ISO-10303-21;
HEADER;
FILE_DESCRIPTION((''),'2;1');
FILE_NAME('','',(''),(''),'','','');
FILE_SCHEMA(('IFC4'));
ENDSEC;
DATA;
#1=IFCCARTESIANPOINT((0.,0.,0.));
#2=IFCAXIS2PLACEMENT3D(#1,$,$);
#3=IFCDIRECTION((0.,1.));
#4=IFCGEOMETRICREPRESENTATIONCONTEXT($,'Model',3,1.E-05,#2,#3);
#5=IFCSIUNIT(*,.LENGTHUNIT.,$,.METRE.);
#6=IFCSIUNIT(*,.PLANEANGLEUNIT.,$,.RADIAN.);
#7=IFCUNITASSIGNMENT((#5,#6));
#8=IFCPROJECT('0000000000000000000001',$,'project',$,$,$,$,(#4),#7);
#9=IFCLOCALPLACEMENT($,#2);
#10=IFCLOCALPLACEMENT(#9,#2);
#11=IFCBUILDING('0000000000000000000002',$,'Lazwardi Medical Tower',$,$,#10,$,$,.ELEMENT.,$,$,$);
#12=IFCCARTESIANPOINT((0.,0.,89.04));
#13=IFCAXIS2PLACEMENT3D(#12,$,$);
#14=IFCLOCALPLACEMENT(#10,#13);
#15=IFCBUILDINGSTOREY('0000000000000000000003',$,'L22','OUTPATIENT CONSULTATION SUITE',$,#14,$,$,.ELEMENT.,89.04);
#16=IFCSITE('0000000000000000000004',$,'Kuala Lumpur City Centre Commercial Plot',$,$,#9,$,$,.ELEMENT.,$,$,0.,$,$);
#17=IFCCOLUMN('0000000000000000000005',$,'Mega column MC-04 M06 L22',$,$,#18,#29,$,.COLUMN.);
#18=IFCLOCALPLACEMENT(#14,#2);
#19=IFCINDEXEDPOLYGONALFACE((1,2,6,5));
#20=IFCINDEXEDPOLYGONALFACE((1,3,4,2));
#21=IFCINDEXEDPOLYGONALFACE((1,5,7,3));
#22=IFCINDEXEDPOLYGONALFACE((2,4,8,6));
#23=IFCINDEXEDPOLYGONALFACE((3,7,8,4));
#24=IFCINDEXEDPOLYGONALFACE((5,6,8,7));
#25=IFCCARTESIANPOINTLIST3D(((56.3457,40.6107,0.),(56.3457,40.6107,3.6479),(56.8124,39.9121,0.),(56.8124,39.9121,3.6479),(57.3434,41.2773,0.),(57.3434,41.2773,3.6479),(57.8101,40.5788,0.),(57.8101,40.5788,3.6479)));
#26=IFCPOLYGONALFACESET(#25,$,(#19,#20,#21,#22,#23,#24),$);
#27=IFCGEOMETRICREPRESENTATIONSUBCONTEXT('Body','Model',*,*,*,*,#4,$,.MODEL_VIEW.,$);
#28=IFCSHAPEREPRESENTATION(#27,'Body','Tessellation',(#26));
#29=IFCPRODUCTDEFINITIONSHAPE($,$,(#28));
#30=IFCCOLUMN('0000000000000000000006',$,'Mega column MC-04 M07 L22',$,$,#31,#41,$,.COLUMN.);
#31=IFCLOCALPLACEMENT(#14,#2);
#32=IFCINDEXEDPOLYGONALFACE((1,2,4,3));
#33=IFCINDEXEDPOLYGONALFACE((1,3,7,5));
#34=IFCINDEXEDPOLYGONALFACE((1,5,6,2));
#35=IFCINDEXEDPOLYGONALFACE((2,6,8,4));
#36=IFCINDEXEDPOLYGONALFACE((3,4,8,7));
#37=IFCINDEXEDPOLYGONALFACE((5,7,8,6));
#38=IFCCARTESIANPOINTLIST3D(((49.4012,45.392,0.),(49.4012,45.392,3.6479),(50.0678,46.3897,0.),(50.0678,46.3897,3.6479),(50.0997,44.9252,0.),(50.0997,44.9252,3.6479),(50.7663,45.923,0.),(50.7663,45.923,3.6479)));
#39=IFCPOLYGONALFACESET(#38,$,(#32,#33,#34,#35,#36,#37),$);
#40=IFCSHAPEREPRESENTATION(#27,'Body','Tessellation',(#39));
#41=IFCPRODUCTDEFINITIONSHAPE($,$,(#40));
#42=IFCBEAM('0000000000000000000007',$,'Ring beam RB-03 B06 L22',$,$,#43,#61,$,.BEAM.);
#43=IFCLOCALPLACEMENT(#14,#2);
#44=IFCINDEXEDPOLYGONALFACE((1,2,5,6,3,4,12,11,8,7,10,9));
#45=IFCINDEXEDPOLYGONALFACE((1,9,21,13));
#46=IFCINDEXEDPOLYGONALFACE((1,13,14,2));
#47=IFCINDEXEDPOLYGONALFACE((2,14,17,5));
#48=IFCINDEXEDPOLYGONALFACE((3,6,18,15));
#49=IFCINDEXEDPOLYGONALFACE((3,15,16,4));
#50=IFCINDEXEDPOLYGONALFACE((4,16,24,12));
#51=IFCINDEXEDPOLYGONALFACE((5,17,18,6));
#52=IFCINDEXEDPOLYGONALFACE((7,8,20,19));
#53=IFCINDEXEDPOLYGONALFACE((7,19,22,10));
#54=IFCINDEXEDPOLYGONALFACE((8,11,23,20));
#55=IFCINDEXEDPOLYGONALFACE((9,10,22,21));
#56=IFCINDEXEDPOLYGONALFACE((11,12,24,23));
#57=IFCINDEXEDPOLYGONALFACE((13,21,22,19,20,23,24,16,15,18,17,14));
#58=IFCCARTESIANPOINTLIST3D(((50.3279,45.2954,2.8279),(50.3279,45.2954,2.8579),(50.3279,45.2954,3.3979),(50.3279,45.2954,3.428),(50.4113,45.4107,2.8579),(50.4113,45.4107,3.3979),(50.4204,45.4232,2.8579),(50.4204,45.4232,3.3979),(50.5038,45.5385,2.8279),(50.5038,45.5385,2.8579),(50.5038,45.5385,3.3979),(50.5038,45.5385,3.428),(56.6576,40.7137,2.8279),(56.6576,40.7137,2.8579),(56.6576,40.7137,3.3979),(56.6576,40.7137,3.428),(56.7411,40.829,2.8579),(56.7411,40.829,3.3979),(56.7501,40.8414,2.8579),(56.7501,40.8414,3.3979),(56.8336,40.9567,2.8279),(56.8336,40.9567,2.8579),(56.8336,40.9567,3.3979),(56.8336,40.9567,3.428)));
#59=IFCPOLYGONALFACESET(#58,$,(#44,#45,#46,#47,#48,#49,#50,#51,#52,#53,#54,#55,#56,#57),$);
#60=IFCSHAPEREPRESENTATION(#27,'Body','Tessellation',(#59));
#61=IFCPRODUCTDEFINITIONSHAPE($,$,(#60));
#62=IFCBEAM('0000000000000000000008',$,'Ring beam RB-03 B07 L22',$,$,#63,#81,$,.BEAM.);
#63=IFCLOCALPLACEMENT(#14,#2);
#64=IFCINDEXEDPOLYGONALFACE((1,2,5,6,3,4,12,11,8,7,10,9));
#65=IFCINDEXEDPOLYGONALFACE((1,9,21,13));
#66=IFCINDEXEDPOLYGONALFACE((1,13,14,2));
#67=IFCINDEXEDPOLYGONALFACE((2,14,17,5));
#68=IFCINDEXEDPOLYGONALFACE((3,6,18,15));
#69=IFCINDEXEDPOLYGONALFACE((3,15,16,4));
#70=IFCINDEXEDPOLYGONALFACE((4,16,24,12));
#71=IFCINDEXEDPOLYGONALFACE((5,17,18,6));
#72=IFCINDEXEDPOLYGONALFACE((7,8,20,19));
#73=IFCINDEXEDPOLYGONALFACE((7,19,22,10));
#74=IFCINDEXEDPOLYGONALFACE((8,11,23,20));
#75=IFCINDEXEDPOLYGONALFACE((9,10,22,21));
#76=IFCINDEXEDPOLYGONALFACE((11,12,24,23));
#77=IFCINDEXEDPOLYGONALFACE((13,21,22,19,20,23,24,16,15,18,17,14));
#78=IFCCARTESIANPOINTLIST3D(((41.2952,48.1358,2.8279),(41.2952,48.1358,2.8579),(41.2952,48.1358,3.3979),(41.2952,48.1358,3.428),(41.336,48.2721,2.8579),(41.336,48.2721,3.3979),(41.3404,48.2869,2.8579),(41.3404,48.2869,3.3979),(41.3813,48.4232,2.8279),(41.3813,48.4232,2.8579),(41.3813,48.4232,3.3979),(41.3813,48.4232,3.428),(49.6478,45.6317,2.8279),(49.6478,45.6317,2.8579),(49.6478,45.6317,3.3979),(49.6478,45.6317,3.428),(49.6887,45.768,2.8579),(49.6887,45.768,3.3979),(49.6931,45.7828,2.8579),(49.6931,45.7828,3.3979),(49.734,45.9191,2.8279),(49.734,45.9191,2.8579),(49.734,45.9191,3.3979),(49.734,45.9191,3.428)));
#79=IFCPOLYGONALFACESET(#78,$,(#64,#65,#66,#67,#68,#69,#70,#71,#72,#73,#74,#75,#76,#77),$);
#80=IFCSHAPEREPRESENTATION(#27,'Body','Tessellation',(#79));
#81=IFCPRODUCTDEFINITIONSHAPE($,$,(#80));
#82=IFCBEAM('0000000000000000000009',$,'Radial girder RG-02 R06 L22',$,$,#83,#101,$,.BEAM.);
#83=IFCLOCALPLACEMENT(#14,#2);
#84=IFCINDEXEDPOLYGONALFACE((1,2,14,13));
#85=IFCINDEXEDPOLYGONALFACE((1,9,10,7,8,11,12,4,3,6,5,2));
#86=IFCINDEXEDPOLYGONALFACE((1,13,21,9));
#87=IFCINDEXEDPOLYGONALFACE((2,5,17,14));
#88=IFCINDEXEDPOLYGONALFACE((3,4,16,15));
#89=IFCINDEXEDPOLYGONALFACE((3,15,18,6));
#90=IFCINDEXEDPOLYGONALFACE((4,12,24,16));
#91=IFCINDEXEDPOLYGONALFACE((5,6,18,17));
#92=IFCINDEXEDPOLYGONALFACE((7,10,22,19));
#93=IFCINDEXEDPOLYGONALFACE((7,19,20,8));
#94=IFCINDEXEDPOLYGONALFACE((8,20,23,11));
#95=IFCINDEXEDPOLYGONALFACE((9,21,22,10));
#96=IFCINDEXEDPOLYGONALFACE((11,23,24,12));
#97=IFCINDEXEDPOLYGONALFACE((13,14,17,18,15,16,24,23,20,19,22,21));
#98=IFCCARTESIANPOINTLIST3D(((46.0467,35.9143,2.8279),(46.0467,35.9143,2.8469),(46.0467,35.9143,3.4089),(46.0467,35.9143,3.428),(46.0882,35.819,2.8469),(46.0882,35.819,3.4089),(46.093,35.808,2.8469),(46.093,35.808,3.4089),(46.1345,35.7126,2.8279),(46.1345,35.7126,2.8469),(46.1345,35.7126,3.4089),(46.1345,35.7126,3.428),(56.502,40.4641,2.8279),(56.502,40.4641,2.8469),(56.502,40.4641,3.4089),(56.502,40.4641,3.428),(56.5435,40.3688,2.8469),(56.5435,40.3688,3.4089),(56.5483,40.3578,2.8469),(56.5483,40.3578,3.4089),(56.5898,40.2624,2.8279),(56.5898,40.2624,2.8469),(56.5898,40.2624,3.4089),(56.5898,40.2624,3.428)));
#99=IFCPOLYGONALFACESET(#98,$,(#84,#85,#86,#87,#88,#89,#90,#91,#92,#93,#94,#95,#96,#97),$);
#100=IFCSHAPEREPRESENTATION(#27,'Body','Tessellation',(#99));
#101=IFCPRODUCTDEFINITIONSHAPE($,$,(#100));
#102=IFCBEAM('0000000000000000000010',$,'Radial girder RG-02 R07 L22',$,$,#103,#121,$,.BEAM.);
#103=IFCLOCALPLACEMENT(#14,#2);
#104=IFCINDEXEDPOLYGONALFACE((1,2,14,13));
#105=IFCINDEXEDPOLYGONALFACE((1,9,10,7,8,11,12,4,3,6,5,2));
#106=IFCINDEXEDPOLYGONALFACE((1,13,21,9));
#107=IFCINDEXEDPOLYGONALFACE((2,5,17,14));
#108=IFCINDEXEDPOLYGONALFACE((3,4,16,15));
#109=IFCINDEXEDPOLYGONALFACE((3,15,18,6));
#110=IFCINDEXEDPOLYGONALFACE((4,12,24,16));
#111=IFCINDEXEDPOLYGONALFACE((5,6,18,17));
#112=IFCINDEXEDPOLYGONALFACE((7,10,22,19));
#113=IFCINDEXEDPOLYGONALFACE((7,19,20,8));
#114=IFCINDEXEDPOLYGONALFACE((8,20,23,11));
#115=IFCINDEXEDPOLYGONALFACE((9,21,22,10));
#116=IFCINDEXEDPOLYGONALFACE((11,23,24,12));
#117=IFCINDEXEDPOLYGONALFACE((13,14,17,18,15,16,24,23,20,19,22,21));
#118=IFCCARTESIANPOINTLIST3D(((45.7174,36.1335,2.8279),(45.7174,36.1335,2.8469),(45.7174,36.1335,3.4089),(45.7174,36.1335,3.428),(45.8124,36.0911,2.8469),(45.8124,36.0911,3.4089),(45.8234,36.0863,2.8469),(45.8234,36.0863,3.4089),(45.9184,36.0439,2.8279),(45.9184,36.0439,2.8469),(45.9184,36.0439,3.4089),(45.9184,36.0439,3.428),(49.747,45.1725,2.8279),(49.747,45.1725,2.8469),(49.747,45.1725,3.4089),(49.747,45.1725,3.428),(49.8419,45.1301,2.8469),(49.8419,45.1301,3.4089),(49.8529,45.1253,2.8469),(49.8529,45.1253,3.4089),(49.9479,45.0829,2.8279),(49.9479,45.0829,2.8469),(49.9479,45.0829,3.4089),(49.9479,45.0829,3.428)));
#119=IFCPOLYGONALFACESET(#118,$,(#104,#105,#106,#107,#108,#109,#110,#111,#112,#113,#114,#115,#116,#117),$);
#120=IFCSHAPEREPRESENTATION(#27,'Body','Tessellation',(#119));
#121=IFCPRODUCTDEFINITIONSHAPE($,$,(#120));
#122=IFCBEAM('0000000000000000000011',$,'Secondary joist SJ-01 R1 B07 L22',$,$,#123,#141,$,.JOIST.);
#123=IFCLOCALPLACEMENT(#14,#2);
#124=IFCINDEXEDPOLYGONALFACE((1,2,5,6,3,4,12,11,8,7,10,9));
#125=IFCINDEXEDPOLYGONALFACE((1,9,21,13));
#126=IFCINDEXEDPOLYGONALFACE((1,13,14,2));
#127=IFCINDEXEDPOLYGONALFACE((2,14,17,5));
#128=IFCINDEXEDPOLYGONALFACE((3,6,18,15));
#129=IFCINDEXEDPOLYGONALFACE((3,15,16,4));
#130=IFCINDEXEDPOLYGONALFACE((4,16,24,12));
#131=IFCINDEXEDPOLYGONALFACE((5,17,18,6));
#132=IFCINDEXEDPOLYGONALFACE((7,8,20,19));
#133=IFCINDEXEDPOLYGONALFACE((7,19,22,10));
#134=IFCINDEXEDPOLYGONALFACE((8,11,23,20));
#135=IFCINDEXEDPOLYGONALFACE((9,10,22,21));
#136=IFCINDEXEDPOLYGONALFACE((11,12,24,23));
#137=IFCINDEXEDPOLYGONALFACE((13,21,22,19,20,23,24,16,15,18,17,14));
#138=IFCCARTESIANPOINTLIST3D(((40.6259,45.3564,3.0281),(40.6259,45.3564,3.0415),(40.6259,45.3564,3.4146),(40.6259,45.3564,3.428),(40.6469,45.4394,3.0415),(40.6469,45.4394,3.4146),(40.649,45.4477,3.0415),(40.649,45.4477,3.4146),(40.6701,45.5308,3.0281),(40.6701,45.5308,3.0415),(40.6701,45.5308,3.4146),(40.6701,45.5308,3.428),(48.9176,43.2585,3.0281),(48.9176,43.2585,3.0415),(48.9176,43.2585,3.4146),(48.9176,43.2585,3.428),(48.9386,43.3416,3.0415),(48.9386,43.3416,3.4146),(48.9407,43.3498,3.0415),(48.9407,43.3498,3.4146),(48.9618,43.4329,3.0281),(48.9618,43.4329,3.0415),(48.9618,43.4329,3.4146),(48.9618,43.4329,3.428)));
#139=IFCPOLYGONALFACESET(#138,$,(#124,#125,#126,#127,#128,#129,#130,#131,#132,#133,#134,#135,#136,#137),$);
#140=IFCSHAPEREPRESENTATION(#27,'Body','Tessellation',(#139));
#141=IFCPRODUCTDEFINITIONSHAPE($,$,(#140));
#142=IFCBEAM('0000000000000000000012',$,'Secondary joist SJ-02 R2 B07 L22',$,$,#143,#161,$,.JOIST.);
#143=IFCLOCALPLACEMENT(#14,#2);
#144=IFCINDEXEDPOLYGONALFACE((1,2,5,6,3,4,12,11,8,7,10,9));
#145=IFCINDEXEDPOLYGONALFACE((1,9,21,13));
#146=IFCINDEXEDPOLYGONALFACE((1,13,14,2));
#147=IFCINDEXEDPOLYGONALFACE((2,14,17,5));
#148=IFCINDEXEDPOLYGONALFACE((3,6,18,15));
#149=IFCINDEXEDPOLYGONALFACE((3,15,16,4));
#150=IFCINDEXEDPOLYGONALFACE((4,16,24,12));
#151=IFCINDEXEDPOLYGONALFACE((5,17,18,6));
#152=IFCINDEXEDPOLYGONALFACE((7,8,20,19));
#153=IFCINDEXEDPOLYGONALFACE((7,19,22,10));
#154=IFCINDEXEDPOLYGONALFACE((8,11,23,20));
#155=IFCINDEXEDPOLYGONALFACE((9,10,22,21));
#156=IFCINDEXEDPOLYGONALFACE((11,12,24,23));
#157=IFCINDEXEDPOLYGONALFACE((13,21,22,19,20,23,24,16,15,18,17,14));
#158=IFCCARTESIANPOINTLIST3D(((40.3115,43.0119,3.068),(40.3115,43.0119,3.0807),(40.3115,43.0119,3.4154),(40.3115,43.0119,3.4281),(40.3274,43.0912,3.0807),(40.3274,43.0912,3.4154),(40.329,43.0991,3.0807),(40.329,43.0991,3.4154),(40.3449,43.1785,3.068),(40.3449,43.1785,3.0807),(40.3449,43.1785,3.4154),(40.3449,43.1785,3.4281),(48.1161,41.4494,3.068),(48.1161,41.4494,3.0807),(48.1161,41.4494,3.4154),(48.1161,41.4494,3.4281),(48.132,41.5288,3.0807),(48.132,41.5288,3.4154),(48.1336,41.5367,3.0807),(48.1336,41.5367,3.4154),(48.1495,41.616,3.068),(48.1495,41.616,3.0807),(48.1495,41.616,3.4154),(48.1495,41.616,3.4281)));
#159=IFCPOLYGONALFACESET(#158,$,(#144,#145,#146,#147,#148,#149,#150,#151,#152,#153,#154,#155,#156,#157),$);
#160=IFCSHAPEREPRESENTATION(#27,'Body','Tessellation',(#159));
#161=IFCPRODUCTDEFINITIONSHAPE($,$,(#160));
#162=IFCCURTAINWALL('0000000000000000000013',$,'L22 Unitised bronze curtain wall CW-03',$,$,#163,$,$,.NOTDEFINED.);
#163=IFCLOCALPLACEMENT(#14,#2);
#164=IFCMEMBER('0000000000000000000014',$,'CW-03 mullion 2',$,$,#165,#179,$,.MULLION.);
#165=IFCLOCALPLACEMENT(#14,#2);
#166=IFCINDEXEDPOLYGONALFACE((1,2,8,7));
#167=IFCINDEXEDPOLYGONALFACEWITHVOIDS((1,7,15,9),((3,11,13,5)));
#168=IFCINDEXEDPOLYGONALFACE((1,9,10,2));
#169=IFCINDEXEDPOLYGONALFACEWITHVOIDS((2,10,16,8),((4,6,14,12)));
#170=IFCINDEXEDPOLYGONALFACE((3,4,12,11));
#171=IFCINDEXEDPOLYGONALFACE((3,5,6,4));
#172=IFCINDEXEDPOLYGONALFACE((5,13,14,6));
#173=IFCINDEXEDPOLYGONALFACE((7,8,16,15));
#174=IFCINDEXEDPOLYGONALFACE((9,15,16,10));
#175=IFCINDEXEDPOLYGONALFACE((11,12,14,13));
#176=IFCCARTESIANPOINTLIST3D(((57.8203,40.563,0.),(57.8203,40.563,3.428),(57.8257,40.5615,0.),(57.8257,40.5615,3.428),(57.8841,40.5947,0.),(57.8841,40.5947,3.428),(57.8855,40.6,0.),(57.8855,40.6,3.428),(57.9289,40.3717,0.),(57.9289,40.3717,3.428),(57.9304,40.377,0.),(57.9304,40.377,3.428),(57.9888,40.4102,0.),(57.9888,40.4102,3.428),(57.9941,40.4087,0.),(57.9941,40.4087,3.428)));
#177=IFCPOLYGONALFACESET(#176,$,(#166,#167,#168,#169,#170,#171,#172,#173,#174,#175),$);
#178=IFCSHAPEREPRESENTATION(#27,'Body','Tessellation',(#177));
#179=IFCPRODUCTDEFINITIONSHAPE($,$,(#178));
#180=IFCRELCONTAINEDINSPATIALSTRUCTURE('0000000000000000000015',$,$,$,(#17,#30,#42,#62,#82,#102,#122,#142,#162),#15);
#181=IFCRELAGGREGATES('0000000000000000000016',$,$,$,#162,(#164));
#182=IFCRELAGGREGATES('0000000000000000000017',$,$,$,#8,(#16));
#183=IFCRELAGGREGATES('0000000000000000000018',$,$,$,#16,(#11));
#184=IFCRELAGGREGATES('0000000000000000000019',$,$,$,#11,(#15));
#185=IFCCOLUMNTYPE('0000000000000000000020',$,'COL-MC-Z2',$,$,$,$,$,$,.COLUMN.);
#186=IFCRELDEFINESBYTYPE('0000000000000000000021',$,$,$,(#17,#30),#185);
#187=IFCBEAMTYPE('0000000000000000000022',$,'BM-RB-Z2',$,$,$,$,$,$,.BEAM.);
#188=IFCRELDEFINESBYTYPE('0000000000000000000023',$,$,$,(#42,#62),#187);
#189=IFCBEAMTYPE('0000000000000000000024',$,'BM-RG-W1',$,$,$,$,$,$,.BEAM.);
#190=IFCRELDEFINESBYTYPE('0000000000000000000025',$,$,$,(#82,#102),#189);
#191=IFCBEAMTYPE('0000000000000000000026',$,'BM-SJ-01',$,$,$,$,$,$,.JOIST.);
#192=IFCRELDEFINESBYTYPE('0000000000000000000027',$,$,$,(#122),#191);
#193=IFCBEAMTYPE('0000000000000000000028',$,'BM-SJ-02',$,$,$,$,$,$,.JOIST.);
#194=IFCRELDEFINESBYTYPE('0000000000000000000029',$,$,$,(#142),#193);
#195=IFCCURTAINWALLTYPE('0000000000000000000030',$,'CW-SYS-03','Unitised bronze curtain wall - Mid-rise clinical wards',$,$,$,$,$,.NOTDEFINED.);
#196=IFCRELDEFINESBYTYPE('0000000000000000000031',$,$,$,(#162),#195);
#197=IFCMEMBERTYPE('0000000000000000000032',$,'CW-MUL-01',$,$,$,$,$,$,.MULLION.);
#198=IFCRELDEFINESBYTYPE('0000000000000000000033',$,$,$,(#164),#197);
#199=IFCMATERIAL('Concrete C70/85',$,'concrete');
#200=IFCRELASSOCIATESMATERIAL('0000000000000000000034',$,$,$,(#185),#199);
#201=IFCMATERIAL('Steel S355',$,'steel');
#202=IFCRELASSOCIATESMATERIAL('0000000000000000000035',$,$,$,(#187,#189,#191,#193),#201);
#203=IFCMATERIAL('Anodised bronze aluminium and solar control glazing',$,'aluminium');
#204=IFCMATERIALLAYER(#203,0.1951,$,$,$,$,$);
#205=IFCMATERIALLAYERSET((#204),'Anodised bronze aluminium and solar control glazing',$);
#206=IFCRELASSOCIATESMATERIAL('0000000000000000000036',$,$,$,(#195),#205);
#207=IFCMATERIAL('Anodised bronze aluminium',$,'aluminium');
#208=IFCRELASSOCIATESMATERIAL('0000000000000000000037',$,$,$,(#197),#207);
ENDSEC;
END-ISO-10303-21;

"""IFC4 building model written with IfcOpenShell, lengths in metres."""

from ifc_helpers import new_model, si_unit, direction, frame, origin, origin_2d, place, context, subcontext, project, spatial, rectangle, hollow_rectangle, i_section, extrude, material, layer, layer_set, material_profile, profile_set, type_object, element, aggregate, save


model = new_model("IFC4")

# Units and contexts
model_context = context("Model", 3, precision=1e-05, world=origin(), true_north=direction((0.0, 1.0)))
body_context = subcontext(model_context, "Body", "Model", "MODEL_VIEW")
ifc_project = project(units=[si_unit("LENGTHUNIT", "METRE"), si_unit("PLANEANGLEUNIT", "RADIAN")], contexts=[model_context])

# Site, building, storey
site_placement = place(None, origin())
site = spatial("IfcSite", under=ifc_project, at=site_placement, Name="Kuala Lumpur City Centre Commercial Plot", CompositionType="ELEMENT", RefElevation=0.0)
building_placement = place(site_placement, origin())
building = spatial("IfcBuilding", under=site, at=building_placement, Name="Lazwardi Medical Tower", CompositionType="ELEMENT")
storey_placement = place(building_placement, frame((0.0, 0.0, 89.04)))
storey = spatial("IfcBuildingStorey", under=building, at=storey_placement, Name="L22", Description="OUTPATIENT CONSULTATION SUITE", CompositionType="ELEMENT", Elevation=89.04)

# Columns
ifc_material_1 = material(Name="Concrete C70/85", Category="concrete")
ifc_material_profile_1 = material_profile(ifc_material_1, rectangle(XDim=1.2, YDim=0.8401, at=origin_2d()), Name="CFT-RECT 1200x840")
ifc_profile_set_1 = profile_set([ifc_material_profile_1], Name="Concrete C70/85")
column_type = type_object("IfcColumnType", Name="COL-MC-Z2", PredefinedType="COLUMN", material=ifc_profile_set_1)
for number, where, z_axis, x_axis, name in (
    (1, (57.0779, 40.5947, 0.0), (0.0, 0.0, 1.0), (0.83147, 0.55557, 0.0), "Mega column MC-04 M06 L22"),
    (2, (50.0837, 45.6575, 0.0), (0.0, 0.0, 1.0), (0.55557, 0.83147, 0.0), "Mega column MC-04 M07 L22"),
):
    element("IfcColumn", number, at=place(storey_placement, frame(where, z_axis=z_axis, x_axis=x_axis)), inside=storey, type_object=column_type, Name=name, PredefinedType="COLUMN", context=body_context, shape_type="SweptSolid", body=[
        extrude(rectangle(XDim=1.2, YDim=0.8401, at=origin_2d()), origin(), (0.0, 0.0, 1.0), 3.6479),
    ])

# Beams
ifc_material_2 = material(Name="Steel S355", Category="steel")
ifc_material_profile_2 = material_profile(ifc_material_2, i_section(OverallWidth=0.3, OverallDepth=0.6001, WebThickness=0.0154, FlangeThickness=0.03, at=origin_2d()), Name="HEB 600")
ifc_profile_set_2 = profile_set([ifc_material_profile_2], Name="Steel S355")
beam_type_1 = type_object("IfcBeamType", Name="BM-RB-Z2", PredefinedType="BEAM", material=ifc_profile_set_2)
beam_1_placement = place(storey_placement, frame((56.7456, 40.8352, 3.1279), z_axis=(-0.810057, 0.586351, 0.0), x_axis=(-0.586351, -0.810057, 0.0)))
element("IfcBeam", 3, at=beam_1_placement, inside=storey, type_object=beam_type_1, Name="Ring beam RB-03 B06 L22", PredefinedType="BEAM", context=body_context, shape_type="SweptSolid", body=[
    extrude(i_section(OverallWidth=0.3, OverallDepth=0.6001, WebThickness=0.0154, FlangeThickness=0.03, at=origin_2d()), origin(), (0.0, 0.0, 1.0), 7.814),
])
beam_2_placement = place(storey_placement, frame((49.6909, 45.7754, 3.1279), z_axis=(-0.957879, 0.287171, 0.0), x_axis=(-0.287171, -0.957879, 0.0)))
element("IfcBeam", 4, at=beam_2_placement, inside=storey, type_object=beam_type_1, Name="Ring beam RB-03 B07 L22", PredefinedType="BEAM", context=body_context, shape_type="SweptSolid", body=[
    extrude(i_section(OverallWidth=0.3, OverallDepth=0.6001, WebThickness=0.0154, FlangeThickness=0.03, at=origin_2d()), origin(), (0.0, 0.0, 1.0), 8.72),
])
ifc_material_profile_3 = material_profile(ifc_material_2, i_section(OverallWidth=0.22, OverallDepth=0.6001, WebThickness=0.012, FlangeThickness=0.019, at=origin_2d()), Name="IPE 600")
ifc_profile_set_3 = profile_set([ifc_material_profile_3], Name="Steel S355")
beam_type_2 = type_object("IfcBeamType", Name="BM-RG-W1", PredefinedType="BEAM", material=ifc_profile_set_3)
beam_3_placement = place(storey_placement, frame((56.5459, 40.3633, 3.1279), z_axis=(-0.916941, -0.399022, 0.0), x_axis=(0.399022, -0.916941, 0.0)))
element("IfcBeam", 5, at=beam_3_placement, inside=storey, type_object=beam_type_2, Name="Radial girder RG-02 R06 L22", PredefinedType="BEAM", context=body_context, shape_type="SweptSolid", body=[
    extrude(i_section(OverallWidth=0.22, OverallDepth=0.6001, WebThickness=0.012, FlangeThickness=0.019, at=origin_2d()), origin(), (0.0, 0.0, 1.0), 11.4023),
])
beam_4_placement = place(storey_placement, frame((49.8474, 45.1277, 3.1279), z_axis=(-0.407166, -0.913354, 0.0), x_axis=(0.913354, -0.407166, 0.0)))
element("IfcBeam", 6, at=beam_4_placement, inside=storey, type_object=beam_type_2, Name="Radial girder RG-02 R07 L22", PredefinedType="BEAM", context=body_context, shape_type="SweptSolid", body=[
    extrude(i_section(OverallWidth=0.22, OverallDepth=0.6001, WebThickness=0.012, FlangeThickness=0.019, at=origin_2d()), origin(), (0.0, 0.0, 1.0), 9.8965),
])
ifc_material_profile_4 = material_profile(ifc_material_2, i_section(OverallWidth=0.1799, OverallDepth=0.3999, WebThickness=0.0085, FlangeThickness=0.0134, at=origin_2d()), Name="IPE 400")
ifc_profile_set_4 = profile_set([ifc_material_profile_4], Name="Steel S355")
beam_type_3 = type_object("IfcBeamType", Name="BM-SJ-01", PredefinedType="JOIST", material=ifc_profile_set_4)
beam_5_placement = place(storey_placement, frame((48.9397, 43.3457, 3.228), z_axis=(-0.969452, 0.245282, 0.0), x_axis=(-0.245282, -0.969452, 0.0)))
element("IfcBeam", 7, at=beam_5_placement, inside=storey, type_object=beam_type_3, Name="Secondary joist SJ-01 R1 B07 L22", PredefinedType="JOIST", context=body_context, shape_type="SweptSolid", body=[
    extrude(i_section(OverallWidth=0.1799, OverallDepth=0.3999, WebThickness=0.0085, FlangeThickness=0.0134, at=origin_2d()), origin(), (0.0, 0.0, 1.0), 8.553),
])
ifc_material_profile_5 = material_profile(ifc_material_2, i_section(OverallWidth=0.1699, OverallDepth=0.3601, WebThickness=0.0081, FlangeThickness=0.0127, at=origin_2d()), Name="IPE 360")
ifc_profile_set_5 = profile_set([ifc_material_profile_5], Name="Steel S355")
beam_type_4 = type_object("IfcBeamType", Name="BM-SJ-02", PredefinedType="JOIST", material=ifc_profile_set_5)
beam_6_placement = place(storey_placement, frame((48.1328, 41.5327, 3.248), z_axis=(-0.980543, 0.196305, 0.0), x_axis=(-0.196305, -0.980543, 0.0)))
element("IfcBeam", 8, at=beam_6_placement, inside=storey, type_object=beam_type_4, Name="Secondary joist SJ-02 R2 B07 L22", PredefinedType="JOIST", context=body_context, shape_type="SweptSolid", body=[
    extrude(i_section(OverallWidth=0.1699, OverallDepth=0.3601, WebThickness=0.0081, FlangeThickness=0.0127, at=origin_2d()), origin(), (0.0, 0.0, 1.0), 7.9595),
])

# Curtain wall, member
ifc_material_3 = material(Name="Anodised bronze aluminium and solar control glazing", Category="aluminium")
ifc_layer_1 = layer(ifc_material_3, 0.1951)
ifc_layer_set_1 = layer_set([ifc_layer_1], Name="Anodised bronze aluminium and solar control glazing")
curtain_wall_type = type_object("IfcCurtainWallType", Name="CW-SYS-03", Description="Unitised bronze curtain wall - Mid-rise clinical wards", PredefinedType="NOTDEFINED", material=ifc_layer_set_1)
curtain_wall_1_placement = place(storey_placement, origin())
curtain_wall_1 = element("IfcCurtainWall", 9, at=curtain_wall_1_placement, inside=storey, type_object=curtain_wall_type, Name="L22 Unitised bronze curtain wall CW-03", PredefinedType="NOTDEFINED")
ifc_material_4 = material(Name="Anodised bronze aluminium", Category="aluminium")
ifc_material_profile_6 = material_profile(ifc_material_4, hollow_rectangle(XDim=0.075, YDim=0.22, WallThickness=0.0039, at=origin_2d()), Name="ALU-MULLION 220x75x4")
ifc_profile_set_6 = profile_set([ifc_material_profile_6], Name="Anodised bronze aluminium")
member_type_1 = type_object("IfcMemberType", Name="CW-MUL-01", PredefinedType="MULLION", material=ifc_profile_set_6)
member_1_placement = place(storey_placement, frame((57.9072, 40.4858, 0.0), z_axis=(0.0, 0.0, 1.0), x_axis=(-0.869687, -0.493603, 0.0)))
member_1 = element("IfcMember", 10, at=member_1_placement, type_object=member_type_1, Name="CW-03 mullion 2", PredefinedType="MULLION", context=body_context, shape_type="SweptSolid", body=[
    extrude(hollow_rectangle(XDim=0.075, YDim=0.22, WallThickness=0.0039, at=origin_2d()), origin(), (0.0, 0.0, 1.0), 3.428),
])
aggregate(curtain_wall_1, [member_1])

save(model, "model.ifc")
